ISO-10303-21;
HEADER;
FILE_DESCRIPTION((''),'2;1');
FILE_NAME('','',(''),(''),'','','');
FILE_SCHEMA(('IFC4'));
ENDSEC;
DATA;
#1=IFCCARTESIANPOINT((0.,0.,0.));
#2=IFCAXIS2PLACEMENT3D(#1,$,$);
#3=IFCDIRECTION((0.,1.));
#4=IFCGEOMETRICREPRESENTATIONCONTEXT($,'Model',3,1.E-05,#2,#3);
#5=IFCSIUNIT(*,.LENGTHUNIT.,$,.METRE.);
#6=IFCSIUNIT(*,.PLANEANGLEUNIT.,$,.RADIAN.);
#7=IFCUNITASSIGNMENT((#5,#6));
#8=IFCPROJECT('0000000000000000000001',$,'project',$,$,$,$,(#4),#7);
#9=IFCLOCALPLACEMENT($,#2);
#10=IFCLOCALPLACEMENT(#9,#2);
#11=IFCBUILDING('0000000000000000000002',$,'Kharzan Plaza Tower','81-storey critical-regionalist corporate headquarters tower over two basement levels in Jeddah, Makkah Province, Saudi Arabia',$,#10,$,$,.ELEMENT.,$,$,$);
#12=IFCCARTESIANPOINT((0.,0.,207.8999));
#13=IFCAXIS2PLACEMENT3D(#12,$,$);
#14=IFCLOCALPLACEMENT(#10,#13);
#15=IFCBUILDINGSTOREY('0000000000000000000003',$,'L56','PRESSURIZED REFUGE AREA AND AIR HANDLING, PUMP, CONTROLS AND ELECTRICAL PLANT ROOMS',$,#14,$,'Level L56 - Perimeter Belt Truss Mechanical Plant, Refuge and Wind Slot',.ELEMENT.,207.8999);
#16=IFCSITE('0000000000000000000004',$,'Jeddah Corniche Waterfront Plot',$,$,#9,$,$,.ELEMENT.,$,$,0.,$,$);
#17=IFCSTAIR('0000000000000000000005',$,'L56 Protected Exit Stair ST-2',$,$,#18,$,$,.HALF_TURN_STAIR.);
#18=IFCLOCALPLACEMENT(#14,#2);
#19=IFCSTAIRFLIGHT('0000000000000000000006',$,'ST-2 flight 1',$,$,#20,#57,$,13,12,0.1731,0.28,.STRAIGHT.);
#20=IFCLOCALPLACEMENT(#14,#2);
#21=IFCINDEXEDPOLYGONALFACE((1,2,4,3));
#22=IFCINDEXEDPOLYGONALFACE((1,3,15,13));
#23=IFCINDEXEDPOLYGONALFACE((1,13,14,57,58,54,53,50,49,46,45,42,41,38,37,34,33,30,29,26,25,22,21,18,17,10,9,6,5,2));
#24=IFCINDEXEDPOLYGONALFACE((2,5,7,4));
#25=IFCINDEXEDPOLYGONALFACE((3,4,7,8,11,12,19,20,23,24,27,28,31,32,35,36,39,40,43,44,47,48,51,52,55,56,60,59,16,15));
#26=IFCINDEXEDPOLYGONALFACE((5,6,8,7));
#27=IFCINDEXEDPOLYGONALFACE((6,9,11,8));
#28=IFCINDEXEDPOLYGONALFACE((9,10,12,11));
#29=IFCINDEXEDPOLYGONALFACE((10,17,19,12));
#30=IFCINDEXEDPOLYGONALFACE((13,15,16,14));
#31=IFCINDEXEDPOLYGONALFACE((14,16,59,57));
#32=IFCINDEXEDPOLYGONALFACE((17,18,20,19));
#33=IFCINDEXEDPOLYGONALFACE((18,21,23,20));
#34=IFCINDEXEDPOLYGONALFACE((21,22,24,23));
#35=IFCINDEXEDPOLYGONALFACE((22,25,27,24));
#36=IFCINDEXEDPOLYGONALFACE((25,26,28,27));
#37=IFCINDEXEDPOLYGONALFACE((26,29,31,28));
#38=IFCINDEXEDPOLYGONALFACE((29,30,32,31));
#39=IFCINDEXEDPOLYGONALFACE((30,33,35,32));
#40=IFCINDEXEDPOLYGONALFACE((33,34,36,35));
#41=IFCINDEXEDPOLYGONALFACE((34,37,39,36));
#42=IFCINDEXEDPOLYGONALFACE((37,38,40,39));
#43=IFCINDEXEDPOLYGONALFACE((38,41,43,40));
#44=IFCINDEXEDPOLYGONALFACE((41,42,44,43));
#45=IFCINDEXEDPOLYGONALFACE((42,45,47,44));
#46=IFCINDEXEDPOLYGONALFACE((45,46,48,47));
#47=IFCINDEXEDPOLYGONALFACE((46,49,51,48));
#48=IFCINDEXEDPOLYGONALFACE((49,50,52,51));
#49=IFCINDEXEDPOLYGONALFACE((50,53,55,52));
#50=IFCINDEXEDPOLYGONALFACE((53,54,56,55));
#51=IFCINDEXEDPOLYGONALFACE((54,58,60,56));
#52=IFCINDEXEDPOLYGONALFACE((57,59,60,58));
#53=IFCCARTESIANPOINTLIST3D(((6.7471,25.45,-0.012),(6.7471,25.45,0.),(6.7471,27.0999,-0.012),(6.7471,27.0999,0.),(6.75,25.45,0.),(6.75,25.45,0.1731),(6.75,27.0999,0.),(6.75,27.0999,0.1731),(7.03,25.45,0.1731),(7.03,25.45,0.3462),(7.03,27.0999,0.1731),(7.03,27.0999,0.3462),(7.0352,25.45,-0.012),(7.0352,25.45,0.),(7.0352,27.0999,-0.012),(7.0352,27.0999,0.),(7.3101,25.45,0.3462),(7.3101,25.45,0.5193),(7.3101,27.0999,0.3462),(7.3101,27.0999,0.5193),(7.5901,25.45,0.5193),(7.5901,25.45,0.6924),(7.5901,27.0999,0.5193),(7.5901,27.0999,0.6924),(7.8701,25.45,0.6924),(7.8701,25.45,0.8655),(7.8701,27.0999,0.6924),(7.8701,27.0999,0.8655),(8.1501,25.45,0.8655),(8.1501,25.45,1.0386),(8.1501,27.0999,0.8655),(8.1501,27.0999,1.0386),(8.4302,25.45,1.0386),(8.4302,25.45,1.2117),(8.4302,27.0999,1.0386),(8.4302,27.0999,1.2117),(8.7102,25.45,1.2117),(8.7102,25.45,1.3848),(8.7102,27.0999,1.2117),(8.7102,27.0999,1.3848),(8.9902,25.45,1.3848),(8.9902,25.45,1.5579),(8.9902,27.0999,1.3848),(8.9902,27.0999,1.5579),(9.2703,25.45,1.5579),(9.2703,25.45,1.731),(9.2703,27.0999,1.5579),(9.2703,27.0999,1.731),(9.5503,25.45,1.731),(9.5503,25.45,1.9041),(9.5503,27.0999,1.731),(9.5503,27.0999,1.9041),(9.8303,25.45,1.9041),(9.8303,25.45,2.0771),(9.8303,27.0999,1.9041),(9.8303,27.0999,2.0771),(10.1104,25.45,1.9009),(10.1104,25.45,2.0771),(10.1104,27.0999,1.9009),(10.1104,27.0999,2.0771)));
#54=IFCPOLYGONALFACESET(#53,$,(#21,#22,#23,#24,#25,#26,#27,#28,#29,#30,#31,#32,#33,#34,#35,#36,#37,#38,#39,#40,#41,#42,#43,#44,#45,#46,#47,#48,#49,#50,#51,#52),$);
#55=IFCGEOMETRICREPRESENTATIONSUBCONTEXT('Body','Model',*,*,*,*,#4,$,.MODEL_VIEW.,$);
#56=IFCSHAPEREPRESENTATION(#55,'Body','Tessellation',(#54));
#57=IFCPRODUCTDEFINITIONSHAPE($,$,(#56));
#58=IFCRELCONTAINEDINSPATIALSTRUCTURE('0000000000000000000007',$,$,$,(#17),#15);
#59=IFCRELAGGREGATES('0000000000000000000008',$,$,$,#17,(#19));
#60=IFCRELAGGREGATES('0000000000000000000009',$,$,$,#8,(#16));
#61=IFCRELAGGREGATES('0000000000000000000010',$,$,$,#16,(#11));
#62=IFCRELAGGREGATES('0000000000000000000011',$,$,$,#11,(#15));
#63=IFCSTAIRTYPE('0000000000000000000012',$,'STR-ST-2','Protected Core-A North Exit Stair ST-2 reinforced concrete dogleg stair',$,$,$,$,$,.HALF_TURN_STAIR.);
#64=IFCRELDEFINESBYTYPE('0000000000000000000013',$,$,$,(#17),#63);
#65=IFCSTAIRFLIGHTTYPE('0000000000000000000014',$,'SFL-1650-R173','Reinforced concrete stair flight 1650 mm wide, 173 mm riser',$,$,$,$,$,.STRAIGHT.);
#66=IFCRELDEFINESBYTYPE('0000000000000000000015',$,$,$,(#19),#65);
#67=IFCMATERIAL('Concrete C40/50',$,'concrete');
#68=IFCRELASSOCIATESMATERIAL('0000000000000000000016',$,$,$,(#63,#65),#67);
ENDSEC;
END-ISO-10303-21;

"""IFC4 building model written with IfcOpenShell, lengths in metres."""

from ifc_helpers import new_model, si_unit, direction, frame, origin, place, context, subcontext, project, spatial, polyline, outline, extrude, source, transform, mapped, material, type_object, element, aggregate, save


model = new_model("IFC4")

# Units and contexts
model_context = context("Model", 3, precision=1e-05, world=origin(), true_north=direction((0.0, 1.0)))
body_context = subcontext(model_context, "Body", "Model", "MODEL_VIEW")
ifc_project = project(units=[si_unit("LENGTHUNIT", "METRE"), si_unit("PLANEANGLEUNIT", "RADIAN")], contexts=[model_context])

# Site, building, storey
site_placement = place(None, origin())
site = spatial("IfcSite", under=ifc_project, at=site_placement, Name="Jeddah Corniche Waterfront Plot", CompositionType="ELEMENT", RefElevation=0.0)
building_placement = place(site_placement, origin())
building = spatial("IfcBuilding", under=site, at=building_placement, Name="Kharzan Plaza Tower", Description="81-storey critical-regionalist corporate headquarters tower over two basement levels in Jeddah, Makkah Province, Saudi Arabia", CompositionType="ELEMENT")
storey_placement = place(building_placement, frame((0.0, 0.0, 207.8999)))
storey = spatial("IfcBuildingStorey", under=building, at=storey_placement, Name="L56", Description="PRESSURIZED REFUGE AREA AND AIR HANDLING, PUMP, CONTROLS AND ELECTRICAL PLANT ROOMS", LongName="Level L56 - Perimeter Belt Truss Mechanical Plant, Refuge and Wind Slot", CompositionType="ELEMENT", Elevation=207.8999)

# Shared definitions
ifc_material_1 = material(Name="Concrete C40/50", Category="concrete")

# Stair, stair flight
stair_type = type_object("IfcStairType", Name="STR-ST-2", Description="Protected Core-A North Exit Stair ST-2 reinforced concrete dogleg stair", PredefinedType="HALF_TURN_STAIR", material=ifc_material_1)
stair_placement = place(storey_placement, origin())
stair = element("IfcStair", 1, at=stair_placement, inside=storey, type_object=stair_type, Name="L56 Protected Exit Stair ST-2", PredefinedType="HALF_TURN_STAIR")
stair_flight_type = type_object("IfcStairFlightType", Name="SFL-1650-R173", Description="Reinforced concrete stair flight 1650 mm wide, 173 mm riser", PredefinedType="STRAIGHT", material=ifc_material_1)
shared_shape_1 = source(origin(), body_context, "Body", "SweptSolid", [
    extrude(outline(polyline([(-0.0029, -0.012), (-0.0029, 0.0), (0.0, 0.0), (0.0, 0.1731), (0.28, 0.1731), (0.28, 0.3462), (0.5601, 0.3462), (0.5601, 0.5193), (0.8401, 0.5193), (0.8401, 0.6924), (1.1201, 0.6924), (1.1201, 0.8655), (1.4001, 0.8655), (1.4001, 1.0386), (1.6802, 1.0386), (1.6802, 1.2117), (1.9602, 1.2117), (1.9602, 1.3848), (2.2402, 1.3848), (2.2402, 1.5579), (2.5203, 1.5579), (2.5203, 1.731), (2.8003, 1.731), (2.8003, 1.9041), (3.0803, 1.9041), (3.0803, 2.0771), (3.3604, 2.0771), (3.3604, 2.2502), (3.3604, 1.9009), (0.2852, 0.0), (0.2852, -0.012), (-0.0029, -0.012)])), frame((0.0, 0.825, 0.0), z_axis=(0.0, -1.0, 0.0), x_axis=(1.0, 0.0, 0.0)), (0.0, 0.0, 1.0), 1.6499),
])
stair_flight_placement = place(storey_placement, frame((6.75, 26.2749, 0.0), z_axis=(0.0, 0.0, 1.0), x_axis=(1.0, 0.0, 0.0)))
stair_flight = element("IfcStairFlight", 2, at=stair_flight_placement, type_object=stair_flight_type, Name="ST-2 flight 1", NumberOfRisers=13, NumberOfTreads=12, PredefinedType="STRAIGHT", RiserHeight=0.1731, TreadLength=0.28, context=body_context, shape_type="MappedRepresentation", body=[
    mapped(shared_shape_1, transform((0.0, 0.0, 0.0), x_axis=(1.0, 0.0, 0.0), y_axis=(0.0, 1.0, 0.0), z_axis=(0.0, 0.0, 1.0))),
])
aggregate(stair, [stair_flight])

save(model, "model.ifc")
